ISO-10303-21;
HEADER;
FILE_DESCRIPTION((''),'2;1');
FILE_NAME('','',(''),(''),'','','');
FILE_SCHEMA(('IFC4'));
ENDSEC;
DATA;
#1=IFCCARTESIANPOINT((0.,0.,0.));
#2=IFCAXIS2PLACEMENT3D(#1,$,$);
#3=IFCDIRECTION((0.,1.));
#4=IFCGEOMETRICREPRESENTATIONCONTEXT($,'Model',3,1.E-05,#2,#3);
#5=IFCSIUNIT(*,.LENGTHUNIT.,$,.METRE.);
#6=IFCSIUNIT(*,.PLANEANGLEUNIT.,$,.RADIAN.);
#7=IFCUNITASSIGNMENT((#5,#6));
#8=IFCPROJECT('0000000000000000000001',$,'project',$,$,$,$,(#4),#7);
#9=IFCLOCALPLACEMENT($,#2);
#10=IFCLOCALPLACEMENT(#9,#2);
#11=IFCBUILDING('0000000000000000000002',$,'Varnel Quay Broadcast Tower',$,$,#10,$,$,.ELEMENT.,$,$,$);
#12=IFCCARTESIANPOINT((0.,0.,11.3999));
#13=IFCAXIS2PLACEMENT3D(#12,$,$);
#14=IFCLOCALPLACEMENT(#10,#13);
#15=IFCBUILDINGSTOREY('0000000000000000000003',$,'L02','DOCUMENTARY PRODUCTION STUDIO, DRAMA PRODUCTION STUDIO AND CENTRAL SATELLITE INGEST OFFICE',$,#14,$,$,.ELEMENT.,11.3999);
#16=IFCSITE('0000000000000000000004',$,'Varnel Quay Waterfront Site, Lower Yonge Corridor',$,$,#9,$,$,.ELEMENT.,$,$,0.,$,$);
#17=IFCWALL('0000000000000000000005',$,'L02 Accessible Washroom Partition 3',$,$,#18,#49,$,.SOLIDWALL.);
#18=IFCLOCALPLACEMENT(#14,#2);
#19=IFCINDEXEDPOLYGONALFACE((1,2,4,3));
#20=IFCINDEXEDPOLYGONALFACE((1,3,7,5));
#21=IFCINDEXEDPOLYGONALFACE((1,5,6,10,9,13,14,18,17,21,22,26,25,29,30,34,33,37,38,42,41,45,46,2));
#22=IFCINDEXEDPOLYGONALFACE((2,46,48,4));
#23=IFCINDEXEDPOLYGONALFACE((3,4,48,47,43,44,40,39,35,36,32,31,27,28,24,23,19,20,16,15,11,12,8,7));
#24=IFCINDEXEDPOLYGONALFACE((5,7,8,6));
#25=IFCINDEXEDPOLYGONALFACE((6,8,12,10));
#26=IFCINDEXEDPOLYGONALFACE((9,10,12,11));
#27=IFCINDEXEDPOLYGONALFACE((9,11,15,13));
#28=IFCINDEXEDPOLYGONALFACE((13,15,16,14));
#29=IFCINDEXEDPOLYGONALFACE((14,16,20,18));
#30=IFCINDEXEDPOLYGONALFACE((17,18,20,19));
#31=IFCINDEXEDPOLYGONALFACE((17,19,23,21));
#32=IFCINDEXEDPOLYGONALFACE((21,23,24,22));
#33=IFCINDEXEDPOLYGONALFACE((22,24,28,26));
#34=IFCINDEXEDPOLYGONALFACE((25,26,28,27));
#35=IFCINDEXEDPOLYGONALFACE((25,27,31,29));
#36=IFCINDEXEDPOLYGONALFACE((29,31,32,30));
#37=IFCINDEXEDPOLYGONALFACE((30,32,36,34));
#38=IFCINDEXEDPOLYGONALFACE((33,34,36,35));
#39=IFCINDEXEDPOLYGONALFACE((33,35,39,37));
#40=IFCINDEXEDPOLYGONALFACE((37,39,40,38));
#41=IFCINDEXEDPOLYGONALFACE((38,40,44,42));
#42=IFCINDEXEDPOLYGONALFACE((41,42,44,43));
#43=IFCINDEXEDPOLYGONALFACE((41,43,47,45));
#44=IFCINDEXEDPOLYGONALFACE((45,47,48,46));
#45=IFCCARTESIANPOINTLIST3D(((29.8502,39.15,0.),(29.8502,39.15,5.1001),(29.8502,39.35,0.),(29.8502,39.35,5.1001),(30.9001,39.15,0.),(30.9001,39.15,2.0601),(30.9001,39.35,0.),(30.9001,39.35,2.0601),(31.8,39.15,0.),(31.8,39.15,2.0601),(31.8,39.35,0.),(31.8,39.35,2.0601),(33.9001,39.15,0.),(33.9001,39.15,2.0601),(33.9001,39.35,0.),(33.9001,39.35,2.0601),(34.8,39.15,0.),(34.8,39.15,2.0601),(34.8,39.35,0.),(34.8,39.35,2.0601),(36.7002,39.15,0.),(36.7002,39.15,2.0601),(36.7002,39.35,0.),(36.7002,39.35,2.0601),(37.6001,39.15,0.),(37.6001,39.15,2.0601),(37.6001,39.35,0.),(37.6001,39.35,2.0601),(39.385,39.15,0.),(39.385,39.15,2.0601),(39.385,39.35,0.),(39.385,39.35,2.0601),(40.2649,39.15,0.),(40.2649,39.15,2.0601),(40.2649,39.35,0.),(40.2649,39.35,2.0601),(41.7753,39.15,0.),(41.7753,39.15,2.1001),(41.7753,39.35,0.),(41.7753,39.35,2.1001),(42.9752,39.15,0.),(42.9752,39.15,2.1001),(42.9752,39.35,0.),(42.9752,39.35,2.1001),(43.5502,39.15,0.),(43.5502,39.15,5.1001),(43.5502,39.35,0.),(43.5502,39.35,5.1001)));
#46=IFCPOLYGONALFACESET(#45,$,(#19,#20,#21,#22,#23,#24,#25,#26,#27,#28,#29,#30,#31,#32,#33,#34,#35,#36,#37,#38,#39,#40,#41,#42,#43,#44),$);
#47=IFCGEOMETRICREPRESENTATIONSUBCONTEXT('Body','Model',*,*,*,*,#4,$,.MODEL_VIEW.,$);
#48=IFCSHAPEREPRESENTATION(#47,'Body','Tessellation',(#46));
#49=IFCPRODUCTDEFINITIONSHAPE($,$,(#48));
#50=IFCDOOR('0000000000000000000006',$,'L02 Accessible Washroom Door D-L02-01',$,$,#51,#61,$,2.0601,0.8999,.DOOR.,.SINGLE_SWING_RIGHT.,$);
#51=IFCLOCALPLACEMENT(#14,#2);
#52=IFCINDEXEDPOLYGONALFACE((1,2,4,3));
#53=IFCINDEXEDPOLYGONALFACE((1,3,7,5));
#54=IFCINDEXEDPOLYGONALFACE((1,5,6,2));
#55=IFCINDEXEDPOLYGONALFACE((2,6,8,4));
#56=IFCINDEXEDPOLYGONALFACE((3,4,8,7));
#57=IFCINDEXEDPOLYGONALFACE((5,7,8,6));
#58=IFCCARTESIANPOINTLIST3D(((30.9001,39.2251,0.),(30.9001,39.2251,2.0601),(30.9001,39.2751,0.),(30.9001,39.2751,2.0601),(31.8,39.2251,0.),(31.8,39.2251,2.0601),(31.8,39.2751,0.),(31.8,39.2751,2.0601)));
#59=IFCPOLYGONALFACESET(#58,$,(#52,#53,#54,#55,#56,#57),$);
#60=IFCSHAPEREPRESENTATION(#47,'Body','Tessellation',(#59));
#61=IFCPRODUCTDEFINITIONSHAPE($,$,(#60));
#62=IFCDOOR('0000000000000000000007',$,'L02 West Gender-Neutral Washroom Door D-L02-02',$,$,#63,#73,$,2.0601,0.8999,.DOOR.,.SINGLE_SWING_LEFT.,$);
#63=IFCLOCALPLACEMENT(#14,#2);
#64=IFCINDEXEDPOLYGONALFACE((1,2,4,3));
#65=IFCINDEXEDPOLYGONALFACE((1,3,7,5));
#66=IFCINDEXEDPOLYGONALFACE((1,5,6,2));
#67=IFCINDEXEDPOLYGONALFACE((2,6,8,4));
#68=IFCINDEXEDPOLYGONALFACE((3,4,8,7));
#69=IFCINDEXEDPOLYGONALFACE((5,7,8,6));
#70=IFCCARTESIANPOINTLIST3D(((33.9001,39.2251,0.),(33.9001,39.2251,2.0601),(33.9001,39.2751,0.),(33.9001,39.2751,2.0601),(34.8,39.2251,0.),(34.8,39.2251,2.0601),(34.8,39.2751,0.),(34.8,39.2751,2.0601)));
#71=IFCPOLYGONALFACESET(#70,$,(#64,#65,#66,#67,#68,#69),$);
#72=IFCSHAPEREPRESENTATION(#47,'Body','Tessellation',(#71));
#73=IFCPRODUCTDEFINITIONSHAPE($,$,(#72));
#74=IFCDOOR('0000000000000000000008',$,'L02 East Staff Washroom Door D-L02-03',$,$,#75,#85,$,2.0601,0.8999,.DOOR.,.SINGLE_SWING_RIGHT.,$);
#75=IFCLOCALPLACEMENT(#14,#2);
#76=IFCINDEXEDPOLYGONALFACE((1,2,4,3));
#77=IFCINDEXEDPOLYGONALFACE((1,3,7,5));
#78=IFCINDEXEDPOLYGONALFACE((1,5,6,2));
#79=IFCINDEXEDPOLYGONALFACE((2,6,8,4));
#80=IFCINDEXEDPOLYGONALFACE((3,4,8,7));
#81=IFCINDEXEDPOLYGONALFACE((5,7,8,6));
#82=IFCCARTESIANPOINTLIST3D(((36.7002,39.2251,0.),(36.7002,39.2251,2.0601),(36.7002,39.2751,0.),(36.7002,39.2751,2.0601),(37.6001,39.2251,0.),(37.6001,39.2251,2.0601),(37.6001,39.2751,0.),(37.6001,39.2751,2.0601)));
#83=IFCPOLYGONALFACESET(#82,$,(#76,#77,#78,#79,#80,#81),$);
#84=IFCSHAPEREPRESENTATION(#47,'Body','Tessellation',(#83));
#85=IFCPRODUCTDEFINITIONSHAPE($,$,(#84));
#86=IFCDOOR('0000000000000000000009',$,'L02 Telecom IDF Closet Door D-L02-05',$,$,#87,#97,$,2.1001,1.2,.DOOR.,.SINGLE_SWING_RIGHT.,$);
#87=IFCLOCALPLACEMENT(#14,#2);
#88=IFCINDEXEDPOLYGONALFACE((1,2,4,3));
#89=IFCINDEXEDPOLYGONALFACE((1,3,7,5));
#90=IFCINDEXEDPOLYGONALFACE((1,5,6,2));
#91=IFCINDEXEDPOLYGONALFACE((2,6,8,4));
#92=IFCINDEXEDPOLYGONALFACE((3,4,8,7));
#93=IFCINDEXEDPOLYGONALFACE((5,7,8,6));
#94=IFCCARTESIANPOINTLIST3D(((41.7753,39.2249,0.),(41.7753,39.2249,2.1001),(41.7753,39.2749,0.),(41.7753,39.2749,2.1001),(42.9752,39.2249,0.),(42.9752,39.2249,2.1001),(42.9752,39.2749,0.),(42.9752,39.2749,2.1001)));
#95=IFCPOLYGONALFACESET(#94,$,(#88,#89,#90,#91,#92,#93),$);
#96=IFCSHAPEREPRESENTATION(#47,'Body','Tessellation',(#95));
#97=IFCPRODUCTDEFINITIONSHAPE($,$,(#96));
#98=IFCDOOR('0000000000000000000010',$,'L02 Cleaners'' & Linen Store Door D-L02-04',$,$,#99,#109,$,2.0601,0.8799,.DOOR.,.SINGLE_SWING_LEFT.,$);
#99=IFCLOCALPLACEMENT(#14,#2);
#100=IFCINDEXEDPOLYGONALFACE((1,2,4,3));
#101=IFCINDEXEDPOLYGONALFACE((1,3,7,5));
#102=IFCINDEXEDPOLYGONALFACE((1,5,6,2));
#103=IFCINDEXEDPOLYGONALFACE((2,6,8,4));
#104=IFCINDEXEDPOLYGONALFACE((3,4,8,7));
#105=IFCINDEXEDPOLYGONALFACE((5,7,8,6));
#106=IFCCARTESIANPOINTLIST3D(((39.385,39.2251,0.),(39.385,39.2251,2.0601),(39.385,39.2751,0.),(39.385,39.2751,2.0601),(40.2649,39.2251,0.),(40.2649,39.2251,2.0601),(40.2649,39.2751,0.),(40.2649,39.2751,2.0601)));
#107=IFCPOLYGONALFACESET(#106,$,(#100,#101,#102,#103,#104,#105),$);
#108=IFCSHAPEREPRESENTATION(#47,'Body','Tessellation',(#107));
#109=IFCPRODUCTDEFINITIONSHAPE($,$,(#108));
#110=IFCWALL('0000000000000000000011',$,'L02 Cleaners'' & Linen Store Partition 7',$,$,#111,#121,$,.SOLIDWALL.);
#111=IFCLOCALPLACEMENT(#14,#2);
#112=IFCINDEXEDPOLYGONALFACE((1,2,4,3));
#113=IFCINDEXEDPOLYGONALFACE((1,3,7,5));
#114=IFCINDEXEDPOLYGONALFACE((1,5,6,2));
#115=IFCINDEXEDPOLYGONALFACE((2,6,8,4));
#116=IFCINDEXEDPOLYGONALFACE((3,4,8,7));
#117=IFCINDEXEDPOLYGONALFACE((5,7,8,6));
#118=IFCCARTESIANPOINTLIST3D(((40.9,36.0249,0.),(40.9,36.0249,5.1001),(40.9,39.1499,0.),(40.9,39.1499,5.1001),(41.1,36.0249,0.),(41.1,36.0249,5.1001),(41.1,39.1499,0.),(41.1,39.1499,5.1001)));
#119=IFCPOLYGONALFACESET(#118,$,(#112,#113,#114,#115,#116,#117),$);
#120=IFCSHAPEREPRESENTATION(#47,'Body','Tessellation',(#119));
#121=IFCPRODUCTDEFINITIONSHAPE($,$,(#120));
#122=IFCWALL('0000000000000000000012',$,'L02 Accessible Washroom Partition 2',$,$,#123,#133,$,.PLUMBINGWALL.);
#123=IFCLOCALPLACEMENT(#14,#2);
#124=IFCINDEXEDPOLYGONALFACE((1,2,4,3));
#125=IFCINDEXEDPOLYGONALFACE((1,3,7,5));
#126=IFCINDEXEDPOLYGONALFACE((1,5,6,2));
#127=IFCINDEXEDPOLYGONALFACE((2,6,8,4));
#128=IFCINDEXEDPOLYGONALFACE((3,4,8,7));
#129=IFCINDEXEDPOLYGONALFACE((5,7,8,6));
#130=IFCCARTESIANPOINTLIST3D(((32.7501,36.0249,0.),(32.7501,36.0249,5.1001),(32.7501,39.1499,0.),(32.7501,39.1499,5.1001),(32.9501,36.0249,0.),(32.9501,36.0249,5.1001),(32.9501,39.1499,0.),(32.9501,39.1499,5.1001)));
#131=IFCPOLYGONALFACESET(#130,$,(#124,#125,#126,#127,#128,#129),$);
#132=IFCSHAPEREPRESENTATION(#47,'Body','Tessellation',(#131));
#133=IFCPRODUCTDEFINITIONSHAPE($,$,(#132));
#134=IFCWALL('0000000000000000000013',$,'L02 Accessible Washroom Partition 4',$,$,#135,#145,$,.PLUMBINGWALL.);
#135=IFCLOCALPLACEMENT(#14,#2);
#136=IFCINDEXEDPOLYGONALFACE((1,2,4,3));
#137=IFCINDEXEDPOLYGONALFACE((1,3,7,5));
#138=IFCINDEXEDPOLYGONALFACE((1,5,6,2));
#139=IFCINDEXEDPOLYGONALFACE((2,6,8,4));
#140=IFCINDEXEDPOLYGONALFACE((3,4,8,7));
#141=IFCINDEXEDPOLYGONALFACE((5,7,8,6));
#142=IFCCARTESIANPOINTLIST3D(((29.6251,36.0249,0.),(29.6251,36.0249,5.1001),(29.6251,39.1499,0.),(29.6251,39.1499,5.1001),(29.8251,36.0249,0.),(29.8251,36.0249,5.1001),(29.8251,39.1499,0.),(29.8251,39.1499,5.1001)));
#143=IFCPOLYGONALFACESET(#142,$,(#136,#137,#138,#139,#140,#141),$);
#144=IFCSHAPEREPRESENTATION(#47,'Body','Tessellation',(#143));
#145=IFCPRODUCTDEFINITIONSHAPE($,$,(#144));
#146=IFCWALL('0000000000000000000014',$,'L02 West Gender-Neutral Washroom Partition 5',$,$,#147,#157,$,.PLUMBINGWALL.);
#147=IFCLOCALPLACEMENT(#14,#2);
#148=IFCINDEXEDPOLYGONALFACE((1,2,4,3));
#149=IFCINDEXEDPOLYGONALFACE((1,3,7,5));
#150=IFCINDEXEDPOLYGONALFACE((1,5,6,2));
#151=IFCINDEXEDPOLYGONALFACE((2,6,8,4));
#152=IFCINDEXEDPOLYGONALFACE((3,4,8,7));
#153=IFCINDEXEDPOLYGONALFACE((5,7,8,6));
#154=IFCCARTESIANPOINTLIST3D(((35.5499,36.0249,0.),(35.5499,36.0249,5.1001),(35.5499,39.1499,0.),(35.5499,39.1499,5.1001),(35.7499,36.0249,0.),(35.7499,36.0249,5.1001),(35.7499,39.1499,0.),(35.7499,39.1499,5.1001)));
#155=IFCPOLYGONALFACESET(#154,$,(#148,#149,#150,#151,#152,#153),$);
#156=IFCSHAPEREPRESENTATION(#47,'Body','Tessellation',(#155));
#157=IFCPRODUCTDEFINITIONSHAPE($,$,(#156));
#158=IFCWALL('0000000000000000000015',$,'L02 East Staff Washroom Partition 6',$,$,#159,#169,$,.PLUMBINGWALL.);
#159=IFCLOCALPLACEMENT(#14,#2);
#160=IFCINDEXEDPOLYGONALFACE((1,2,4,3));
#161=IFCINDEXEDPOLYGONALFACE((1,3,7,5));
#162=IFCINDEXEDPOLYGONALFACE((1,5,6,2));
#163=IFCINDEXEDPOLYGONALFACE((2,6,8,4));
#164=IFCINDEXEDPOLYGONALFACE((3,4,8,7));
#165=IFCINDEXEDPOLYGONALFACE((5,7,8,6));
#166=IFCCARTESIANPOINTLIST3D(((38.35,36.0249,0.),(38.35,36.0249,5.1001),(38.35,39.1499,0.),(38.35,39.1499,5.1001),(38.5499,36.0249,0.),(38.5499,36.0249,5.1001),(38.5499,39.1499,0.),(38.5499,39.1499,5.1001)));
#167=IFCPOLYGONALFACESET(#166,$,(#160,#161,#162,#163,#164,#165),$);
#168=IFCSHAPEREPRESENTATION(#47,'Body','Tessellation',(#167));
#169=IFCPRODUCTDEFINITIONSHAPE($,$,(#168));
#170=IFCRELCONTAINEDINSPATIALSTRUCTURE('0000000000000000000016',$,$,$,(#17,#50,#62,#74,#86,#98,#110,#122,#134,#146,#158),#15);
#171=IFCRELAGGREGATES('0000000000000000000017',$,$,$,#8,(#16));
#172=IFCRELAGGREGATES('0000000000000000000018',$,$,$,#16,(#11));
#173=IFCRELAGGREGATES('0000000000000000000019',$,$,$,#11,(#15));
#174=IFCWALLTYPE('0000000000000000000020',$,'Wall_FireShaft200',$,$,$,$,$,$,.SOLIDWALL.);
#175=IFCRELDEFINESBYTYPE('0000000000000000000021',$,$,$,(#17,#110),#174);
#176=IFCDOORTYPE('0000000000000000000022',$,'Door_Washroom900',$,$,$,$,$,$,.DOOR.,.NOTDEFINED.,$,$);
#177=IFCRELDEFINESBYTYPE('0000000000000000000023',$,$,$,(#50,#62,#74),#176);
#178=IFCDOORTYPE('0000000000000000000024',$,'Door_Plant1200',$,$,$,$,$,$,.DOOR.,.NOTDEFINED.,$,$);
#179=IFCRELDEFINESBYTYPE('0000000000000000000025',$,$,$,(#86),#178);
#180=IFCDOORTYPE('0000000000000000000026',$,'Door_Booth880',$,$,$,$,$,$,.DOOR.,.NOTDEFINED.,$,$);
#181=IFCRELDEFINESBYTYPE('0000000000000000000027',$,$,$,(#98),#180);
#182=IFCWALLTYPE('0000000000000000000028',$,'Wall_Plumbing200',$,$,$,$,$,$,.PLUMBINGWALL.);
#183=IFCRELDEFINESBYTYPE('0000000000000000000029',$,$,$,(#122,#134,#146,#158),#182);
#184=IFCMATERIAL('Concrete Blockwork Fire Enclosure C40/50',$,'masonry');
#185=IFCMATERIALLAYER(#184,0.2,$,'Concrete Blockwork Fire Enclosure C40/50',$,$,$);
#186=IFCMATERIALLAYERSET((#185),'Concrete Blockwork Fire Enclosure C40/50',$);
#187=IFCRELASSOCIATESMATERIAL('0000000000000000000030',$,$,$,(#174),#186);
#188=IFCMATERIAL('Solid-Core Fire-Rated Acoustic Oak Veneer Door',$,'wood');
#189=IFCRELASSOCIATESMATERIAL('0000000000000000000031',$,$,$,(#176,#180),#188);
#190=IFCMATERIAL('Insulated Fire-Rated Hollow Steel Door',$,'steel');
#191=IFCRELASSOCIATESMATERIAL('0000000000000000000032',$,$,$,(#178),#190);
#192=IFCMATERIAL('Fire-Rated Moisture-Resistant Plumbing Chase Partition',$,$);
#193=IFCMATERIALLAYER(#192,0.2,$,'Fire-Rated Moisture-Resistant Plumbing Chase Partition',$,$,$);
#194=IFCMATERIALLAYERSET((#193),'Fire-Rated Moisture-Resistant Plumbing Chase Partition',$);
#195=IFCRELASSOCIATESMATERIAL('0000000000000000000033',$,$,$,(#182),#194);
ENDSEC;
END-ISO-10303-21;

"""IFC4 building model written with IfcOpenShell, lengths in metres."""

from ifc_helpers import new_model, si_unit, direction, frame, frame_2d, origin, place, context, subcontext, project, spatial, rectangle, extrude, source, transform, mapped, material, layer, layer_set, type_object, type_shapes, element, fill, save


model = new_model("IFC4")

# Units and contexts
model_context = context("Model", 3, precision=1e-05, world=origin(), true_north=direction((0.0, 1.0)))
body_context = subcontext(model_context, "Body", "Model", "MODEL_VIEW")
ifc_project = project(units=[si_unit("LENGTHUNIT", "METRE"), si_unit("PLANEANGLEUNIT", "RADIAN")], contexts=[model_context])

# Site, building, storey
site_placement = place(None, origin())
site = spatial("IfcSite", under=ifc_project, at=site_placement, Name="Varnel Quay Waterfront Site, Lower Yonge Corridor", CompositionType="ELEMENT", RefElevation=0.0)
building_placement = place(site_placement, origin())
building = spatial("IfcBuilding", under=site, at=building_placement, Name="Varnel Quay Broadcast Tower", CompositionType="ELEMENT")
storey_placement = place(building_placement, frame((0.0, 0.0, 11.3999)))
storey = spatial("IfcBuildingStorey", under=building, at=storey_placement, Name="L02", Description="DOCUMENTARY PRODUCTION STUDIO, DRAMA PRODUCTION STUDIO AND CENTRAL SATELLITE INGEST OFFICE", CompositionType="ELEMENT", Elevation=11.3999)

# Shared definitions
ifc_material_1 = material(Name="Insulated Fire-Rated Hollow Steel Door", Category="steel")

# Shared definitions
ifc_material_2 = material(Name="Concrete Blockwork Fire Enclosure C40/50", Category="masonry")
ifc_layer_1 = layer(ifc_material_2, 0.2, Name="Concrete Blockwork Fire Enclosure C40/50")
ifc_layer_set_1 = layer_set([ifc_layer_1], Name="Concrete Blockwork Fire Enclosure C40/50")
wall_type_1 = type_object("IfcWallType", Name="Wall_FireShaft200", PredefinedType="SOLIDWALL", material=ifc_layer_set_1)

# Wall, openings, doors
wall_1_placement = place(storey_placement, frame((29.8501, 39.25, 0.0), z_axis=(0.0, 0.0, 1.0), x_axis=(1.0, 0.0, 0.0)))
wall_1 = element("IfcWall", 1, at=wall_1_placement, inside=storey, type_object=wall_type_1, Name="L02 Accessible Washroom Partition 3", PredefinedType="SOLIDWALL", context=body_context, shape_type="SweptSolid", body=[
    extrude(rectangle(XDim=13.7, YDim=0.2, at=frame_2d((6.8501, 0.0))), origin(), (0.0, 0.0, 1.0), 5.1001),
])
opening_1_placement = place(wall_1_placement, frame((1.05, 0.0, 0.0)))
opening_1 = element("IfcOpeningElement", 2, at=opening_1_placement, cuts=wall_1, PredefinedType="OPENING", context=body_context, shape_type="SweptSolid", body=[
    extrude(rectangle(XDim=0.8999, YDim=2.0601, at=frame_2d((0.45, 1.03))), frame((0.0, 0.1099, 0.0), z_axis=(0.0, -1.0, 0.0), x_axis=(1.0, 0.0, 0.0)), (0.0, 0.0, 1.0), 0.22),
])
opening_2_placement = place(wall_1_placement, frame((4.05, 0.0, 0.0)))
opening_2 = element("IfcOpeningElement", 3, at=opening_2_placement, cuts=wall_1, PredefinedType="OPENING", context=body_context, shape_type="SweptSolid", body=[
    extrude(rectangle(XDim=0.8999, YDim=2.0601, at=frame_2d((0.45, 1.03))), frame((0.0, 0.1099, 0.0), z_axis=(0.0, -1.0, 0.0), x_axis=(1.0, 0.0, 0.0)), (0.0, 0.0, 1.0), 0.22),
])
opening_3_placement = place(wall_1_placement, frame((6.8501, 0.0, 0.0)))
opening_3 = element("IfcOpeningElement", 4, at=opening_3_placement, cuts=wall_1, PredefinedType="OPENING", context=body_context, shape_type="SweptSolid", body=[
    extrude(rectangle(XDim=0.8999, YDim=2.0601, at=frame_2d((0.45, 1.03))), frame((0.0, 0.1099, 0.0), z_axis=(0.0, -1.0, 0.0), x_axis=(1.0, 0.0, 0.0)), (0.0, 0.0, 1.0), 0.22),
])
opening_4_placement = place(wall_1_placement, frame((9.5349, 0.0, 0.0)))
opening_4 = element("IfcOpeningElement", 5, at=opening_4_placement, cuts=wall_1, PredefinedType="OPENING", context=body_context, shape_type="SweptSolid", body=[
    extrude(rectangle(XDim=0.8799, YDim=2.0601, at=frame_2d((0.4399, 1.03))), frame((0.0, 0.1099, 0.0), z_axis=(0.0, -1.0, 0.0), x_axis=(1.0, 0.0, 0.0)), (0.0, 0.0, 1.0), 0.22),
])
opening_5_placement = place(wall_1_placement, frame((11.925, 0.0, 0.0)))
opening_5 = element("IfcOpeningElement", 6, at=opening_5_placement, cuts=wall_1, PredefinedType="OPENING", context=body_context, shape_type="SweptSolid", body=[
    extrude(rectangle(XDim=1.2, YDim=2.1001, at=frame_2d((0.6001, 1.05))), frame((0.0, 0.1099, 0.0), z_axis=(0.0, -1.0, 0.0), x_axis=(1.0, 0.0, 0.0)), (0.0, 0.0, 1.0), 0.22),
])
ifc_material_3 = material(Name="Solid-Core Fire-Rated Acoustic Oak Veneer Door", Category="wood")
door_type_1 = type_object("IfcDoorType", Name="Door_Washroom900", OperationType="NOTDEFINED", PredefinedType="DOOR", material=ifc_material_3)
shared_shape_1 = source(origin(), body_context, "Body", "SweptSolid", [
    extrude(rectangle(XDim=0.8999, YDim=2.0601, at=frame_2d((0.45, 1.03))), frame((0.0, 0.0249, 0.0), z_axis=(0.0, -1.0, 0.0), x_axis=(1.0, 0.0, 0.0)), (0.0, 0.0, 1.0), 0.05),
])
type_shapes(door_type_1, [shared_shape_1])
door_1_placement = place(opening_1_placement, frame((0.8999, 0.0, 0.0), z_axis=(0.0, 0.0, 1.0), x_axis=(-1.0, 0.0, 0.0)))
door_1 = element("IfcDoor", 7, at=door_1_placement, inside=storey, type_object=door_type_1, Name="L02 Accessible Washroom Door D-L02-01", OperationType="SINGLE_SWING_RIGHT", OverallHeight=2.0601, OverallWidth=0.8999, PredefinedType="DOOR", context=body_context, shape_type="MappedRepresentation", body=[
    mapped(shared_shape_1, transform((0.0, 0.0, 0.0), x_axis=(1.0, 0.0, 0.0), y_axis=(0.0, 1.0, 0.0), z_axis=(0.0, 0.0, 1.0), scale=1.0)),
])
fill(opening_1, door_1)
door_2_placement = place(opening_2_placement, frame((0.8999, 0.0, 0.0), z_axis=(0.0, 0.0, 1.0), x_axis=(-1.0, 0.0, 0.0)))
door_2 = element("IfcDoor", 8, at=door_2_placement, inside=storey, type_object=door_type_1, Name="L02 West Gender-Neutral Washroom Door D-L02-02", OperationType="SINGLE_SWING_LEFT", OverallHeight=2.0601, OverallWidth=0.8999, PredefinedType="DOOR", context=body_context, shape_type="MappedRepresentation", body=[
    mapped(shared_shape_1, transform((0.0, 0.0, 0.0), x_axis=(1.0, 0.0, 0.0), y_axis=(0.0, 1.0, 0.0), z_axis=(0.0, 0.0, 1.0), scale=1.0)),
])
fill(opening_2, door_2)
door_3_placement = place(opening_3_placement, frame((0.8999, 0.0, 0.0), z_axis=(0.0, 0.0, 1.0), x_axis=(-1.0, 0.0, 0.0)))
door_3 = element("IfcDoor", 9, at=door_3_placement, inside=storey, type_object=door_type_1, Name="L02 East Staff Washroom Door D-L02-03", OperationType="SINGLE_SWING_RIGHT", OverallHeight=2.0601, OverallWidth=0.8999, PredefinedType="DOOR", context=body_context, shape_type="MappedRepresentation", body=[
    mapped(shared_shape_1, transform((0.0, 0.0, 0.0), x_axis=(1.0, 0.0, 0.0), y_axis=(0.0, 1.0, 0.0), z_axis=(0.0, 0.0, 1.0), scale=1.0)),
])
fill(opening_3, door_3)
door_type_2 = type_object("IfcDoorType", Name="Door_Plant1200", OperationType="NOTDEFINED", PredefinedType="DOOR", material=ifc_material_1)
shared_shape_2 = source(origin(), body_context, "Body", "SweptSolid", [
    extrude(rectangle(XDim=1.2, YDim=2.1001, at=frame_2d((0.6001, 1.05))), frame((0.0, 0.0249, 0.0), z_axis=(0.0, -1.0, 0.0), x_axis=(1.0, 0.0, 0.0)), (0.0, 0.0, 1.0), 0.05),
])
type_shapes(door_type_2, [shared_shape_2])
door_4_placement = place(opening_5_placement, origin())
door_4 = element("IfcDoor", 10, at=door_4_placement, inside=storey, type_object=door_type_2, Name="L02 Telecom IDF Closet Door D-L02-05", OperationType="SINGLE_SWING_RIGHT", OverallHeight=2.1001, OverallWidth=1.2, PredefinedType="DOOR", context=body_context, shape_type="MappedRepresentation", body=[
    mapped(shared_shape_2, transform((0.0, 0.0, 0.0), x_axis=(1.0, 0.0, 0.0), y_axis=(0.0, 1.0, 0.0), z_axis=(0.0, 0.0, 1.0), scale=1.0)),
])
fill(opening_5, door_4)
door_type_3 = type_object("IfcDoorType", Name="Door_Booth880", OperationType="NOTDEFINED", PredefinedType="DOOR", material=ifc_material_3)
shared_shape_3 = source(origin(), body_context, "Body", "SweptSolid", [
    extrude(rectangle(XDim=0.8799, YDim=2.0601, at=frame_2d((0.4399, 1.03))), frame((0.0, 0.0249, 0.0), z_axis=(0.0, -1.0, 0.0), x_axis=(1.0, 0.0, 0.0)), (0.0, 0.0, 1.0), 0.05),
])
type_shapes(door_type_3, [shared_shape_3])
door_5_placement = place(opening_4_placement, frame((0.8799, 0.0, 0.0), z_axis=(0.0, 0.0, 1.0), x_axis=(-1.0, 0.0, 0.0)))
door_5 = element("IfcDoor", 11, at=door_5_placement, inside=storey, type_object=door_type_3, Name="L02 Cleaners' & Linen Store Door D-L02-04", OperationType="SINGLE_SWING_LEFT", OverallHeight=2.0601, OverallWidth=0.8799, PredefinedType="DOOR", context=body_context, shape_type="MappedRepresentation", body=[
    mapped(shared_shape_3, transform((0.0, 0.0, 0.0), x_axis=(1.0, 0.0, 0.0), y_axis=(0.0, 1.0, 0.0), z_axis=(0.0, 0.0, 1.0), scale=1.0)),
])
fill(opening_4, door_5)

# Walls
wall_2_placement = place(storey_placement, frame((41.0, 36.0249, 0.0), z_axis=(0.0, 0.0, 1.0), x_axis=(0.0, 1.0, 0.0)))
element("IfcWall", 12, at=wall_2_placement, inside=storey, type_object=wall_type_1, Name="L02 Cleaners' & Linen Store Partition 7", PredefinedType="SOLIDWALL", context=body_context, shape_type="SweptSolid", body=[
    extrude(rectangle(XDim=3.125, YDim=0.2, at=frame_2d((1.5625, 0.0))), origin(), (0.0, 0.0, 1.0), 5.1001),
])
ifc_material_4 = material(Name="Fire-Rated Moisture-Resistant Plumbing Chase Partition")
ifc_layer_2 = layer(ifc_material_4, 0.2, Name="Fire-Rated Moisture-Resistant Plumbing Chase Partition")
ifc_layer_set_2 = layer_set([ifc_layer_2], Name="Fire-Rated Moisture-Resistant Plumbing Chase Partition")
wall_type_2 = type_object("IfcWallType", Name="Wall_Plumbing200", PredefinedType="PLUMBINGWALL", material=ifc_layer_set_2)
for number, where, z_axis, x_axis, name in (
    (13, (32.8501, 36.0249, 0.0), (0.0, 0.0, 1.0), (0.0, 1.0, 0.0), "L02 Accessible Washroom Partition 2"),
    (14, (29.7251, 36.0249, 0.0), (0.0, 0.0, 1.0), (0.0, 1.0, 0.0), "L02 Accessible Washroom Partition 4"),
    (15, (35.6499, 36.0249, 0.0), (0.0, 0.0, 1.0), (0.0, 1.0, 0.0), "L02 West Gender-Neutral Washroom Partition 5"),
    (16, (38.45, 36.0249, 0.0), (0.0, 0.0, 1.0), (0.0, 1.0, 0.0), "L02 East Staff Washroom Partition 6"),
):
    element("IfcWall", number, at=place(storey_placement, frame(where, z_axis=z_axis, x_axis=x_axis)), inside=storey, type_object=wall_type_2, Name=name, PredefinedType="PLUMBINGWALL", context=body_context, shape_type="SweptSolid", body=[
        extrude(rectangle(XDim=3.125, YDim=0.2, at=frame_2d((1.5625, 0.0))), origin(), (0.0, 0.0, 1.0), 5.1001),
    ])

save(model, "model.ifc")
